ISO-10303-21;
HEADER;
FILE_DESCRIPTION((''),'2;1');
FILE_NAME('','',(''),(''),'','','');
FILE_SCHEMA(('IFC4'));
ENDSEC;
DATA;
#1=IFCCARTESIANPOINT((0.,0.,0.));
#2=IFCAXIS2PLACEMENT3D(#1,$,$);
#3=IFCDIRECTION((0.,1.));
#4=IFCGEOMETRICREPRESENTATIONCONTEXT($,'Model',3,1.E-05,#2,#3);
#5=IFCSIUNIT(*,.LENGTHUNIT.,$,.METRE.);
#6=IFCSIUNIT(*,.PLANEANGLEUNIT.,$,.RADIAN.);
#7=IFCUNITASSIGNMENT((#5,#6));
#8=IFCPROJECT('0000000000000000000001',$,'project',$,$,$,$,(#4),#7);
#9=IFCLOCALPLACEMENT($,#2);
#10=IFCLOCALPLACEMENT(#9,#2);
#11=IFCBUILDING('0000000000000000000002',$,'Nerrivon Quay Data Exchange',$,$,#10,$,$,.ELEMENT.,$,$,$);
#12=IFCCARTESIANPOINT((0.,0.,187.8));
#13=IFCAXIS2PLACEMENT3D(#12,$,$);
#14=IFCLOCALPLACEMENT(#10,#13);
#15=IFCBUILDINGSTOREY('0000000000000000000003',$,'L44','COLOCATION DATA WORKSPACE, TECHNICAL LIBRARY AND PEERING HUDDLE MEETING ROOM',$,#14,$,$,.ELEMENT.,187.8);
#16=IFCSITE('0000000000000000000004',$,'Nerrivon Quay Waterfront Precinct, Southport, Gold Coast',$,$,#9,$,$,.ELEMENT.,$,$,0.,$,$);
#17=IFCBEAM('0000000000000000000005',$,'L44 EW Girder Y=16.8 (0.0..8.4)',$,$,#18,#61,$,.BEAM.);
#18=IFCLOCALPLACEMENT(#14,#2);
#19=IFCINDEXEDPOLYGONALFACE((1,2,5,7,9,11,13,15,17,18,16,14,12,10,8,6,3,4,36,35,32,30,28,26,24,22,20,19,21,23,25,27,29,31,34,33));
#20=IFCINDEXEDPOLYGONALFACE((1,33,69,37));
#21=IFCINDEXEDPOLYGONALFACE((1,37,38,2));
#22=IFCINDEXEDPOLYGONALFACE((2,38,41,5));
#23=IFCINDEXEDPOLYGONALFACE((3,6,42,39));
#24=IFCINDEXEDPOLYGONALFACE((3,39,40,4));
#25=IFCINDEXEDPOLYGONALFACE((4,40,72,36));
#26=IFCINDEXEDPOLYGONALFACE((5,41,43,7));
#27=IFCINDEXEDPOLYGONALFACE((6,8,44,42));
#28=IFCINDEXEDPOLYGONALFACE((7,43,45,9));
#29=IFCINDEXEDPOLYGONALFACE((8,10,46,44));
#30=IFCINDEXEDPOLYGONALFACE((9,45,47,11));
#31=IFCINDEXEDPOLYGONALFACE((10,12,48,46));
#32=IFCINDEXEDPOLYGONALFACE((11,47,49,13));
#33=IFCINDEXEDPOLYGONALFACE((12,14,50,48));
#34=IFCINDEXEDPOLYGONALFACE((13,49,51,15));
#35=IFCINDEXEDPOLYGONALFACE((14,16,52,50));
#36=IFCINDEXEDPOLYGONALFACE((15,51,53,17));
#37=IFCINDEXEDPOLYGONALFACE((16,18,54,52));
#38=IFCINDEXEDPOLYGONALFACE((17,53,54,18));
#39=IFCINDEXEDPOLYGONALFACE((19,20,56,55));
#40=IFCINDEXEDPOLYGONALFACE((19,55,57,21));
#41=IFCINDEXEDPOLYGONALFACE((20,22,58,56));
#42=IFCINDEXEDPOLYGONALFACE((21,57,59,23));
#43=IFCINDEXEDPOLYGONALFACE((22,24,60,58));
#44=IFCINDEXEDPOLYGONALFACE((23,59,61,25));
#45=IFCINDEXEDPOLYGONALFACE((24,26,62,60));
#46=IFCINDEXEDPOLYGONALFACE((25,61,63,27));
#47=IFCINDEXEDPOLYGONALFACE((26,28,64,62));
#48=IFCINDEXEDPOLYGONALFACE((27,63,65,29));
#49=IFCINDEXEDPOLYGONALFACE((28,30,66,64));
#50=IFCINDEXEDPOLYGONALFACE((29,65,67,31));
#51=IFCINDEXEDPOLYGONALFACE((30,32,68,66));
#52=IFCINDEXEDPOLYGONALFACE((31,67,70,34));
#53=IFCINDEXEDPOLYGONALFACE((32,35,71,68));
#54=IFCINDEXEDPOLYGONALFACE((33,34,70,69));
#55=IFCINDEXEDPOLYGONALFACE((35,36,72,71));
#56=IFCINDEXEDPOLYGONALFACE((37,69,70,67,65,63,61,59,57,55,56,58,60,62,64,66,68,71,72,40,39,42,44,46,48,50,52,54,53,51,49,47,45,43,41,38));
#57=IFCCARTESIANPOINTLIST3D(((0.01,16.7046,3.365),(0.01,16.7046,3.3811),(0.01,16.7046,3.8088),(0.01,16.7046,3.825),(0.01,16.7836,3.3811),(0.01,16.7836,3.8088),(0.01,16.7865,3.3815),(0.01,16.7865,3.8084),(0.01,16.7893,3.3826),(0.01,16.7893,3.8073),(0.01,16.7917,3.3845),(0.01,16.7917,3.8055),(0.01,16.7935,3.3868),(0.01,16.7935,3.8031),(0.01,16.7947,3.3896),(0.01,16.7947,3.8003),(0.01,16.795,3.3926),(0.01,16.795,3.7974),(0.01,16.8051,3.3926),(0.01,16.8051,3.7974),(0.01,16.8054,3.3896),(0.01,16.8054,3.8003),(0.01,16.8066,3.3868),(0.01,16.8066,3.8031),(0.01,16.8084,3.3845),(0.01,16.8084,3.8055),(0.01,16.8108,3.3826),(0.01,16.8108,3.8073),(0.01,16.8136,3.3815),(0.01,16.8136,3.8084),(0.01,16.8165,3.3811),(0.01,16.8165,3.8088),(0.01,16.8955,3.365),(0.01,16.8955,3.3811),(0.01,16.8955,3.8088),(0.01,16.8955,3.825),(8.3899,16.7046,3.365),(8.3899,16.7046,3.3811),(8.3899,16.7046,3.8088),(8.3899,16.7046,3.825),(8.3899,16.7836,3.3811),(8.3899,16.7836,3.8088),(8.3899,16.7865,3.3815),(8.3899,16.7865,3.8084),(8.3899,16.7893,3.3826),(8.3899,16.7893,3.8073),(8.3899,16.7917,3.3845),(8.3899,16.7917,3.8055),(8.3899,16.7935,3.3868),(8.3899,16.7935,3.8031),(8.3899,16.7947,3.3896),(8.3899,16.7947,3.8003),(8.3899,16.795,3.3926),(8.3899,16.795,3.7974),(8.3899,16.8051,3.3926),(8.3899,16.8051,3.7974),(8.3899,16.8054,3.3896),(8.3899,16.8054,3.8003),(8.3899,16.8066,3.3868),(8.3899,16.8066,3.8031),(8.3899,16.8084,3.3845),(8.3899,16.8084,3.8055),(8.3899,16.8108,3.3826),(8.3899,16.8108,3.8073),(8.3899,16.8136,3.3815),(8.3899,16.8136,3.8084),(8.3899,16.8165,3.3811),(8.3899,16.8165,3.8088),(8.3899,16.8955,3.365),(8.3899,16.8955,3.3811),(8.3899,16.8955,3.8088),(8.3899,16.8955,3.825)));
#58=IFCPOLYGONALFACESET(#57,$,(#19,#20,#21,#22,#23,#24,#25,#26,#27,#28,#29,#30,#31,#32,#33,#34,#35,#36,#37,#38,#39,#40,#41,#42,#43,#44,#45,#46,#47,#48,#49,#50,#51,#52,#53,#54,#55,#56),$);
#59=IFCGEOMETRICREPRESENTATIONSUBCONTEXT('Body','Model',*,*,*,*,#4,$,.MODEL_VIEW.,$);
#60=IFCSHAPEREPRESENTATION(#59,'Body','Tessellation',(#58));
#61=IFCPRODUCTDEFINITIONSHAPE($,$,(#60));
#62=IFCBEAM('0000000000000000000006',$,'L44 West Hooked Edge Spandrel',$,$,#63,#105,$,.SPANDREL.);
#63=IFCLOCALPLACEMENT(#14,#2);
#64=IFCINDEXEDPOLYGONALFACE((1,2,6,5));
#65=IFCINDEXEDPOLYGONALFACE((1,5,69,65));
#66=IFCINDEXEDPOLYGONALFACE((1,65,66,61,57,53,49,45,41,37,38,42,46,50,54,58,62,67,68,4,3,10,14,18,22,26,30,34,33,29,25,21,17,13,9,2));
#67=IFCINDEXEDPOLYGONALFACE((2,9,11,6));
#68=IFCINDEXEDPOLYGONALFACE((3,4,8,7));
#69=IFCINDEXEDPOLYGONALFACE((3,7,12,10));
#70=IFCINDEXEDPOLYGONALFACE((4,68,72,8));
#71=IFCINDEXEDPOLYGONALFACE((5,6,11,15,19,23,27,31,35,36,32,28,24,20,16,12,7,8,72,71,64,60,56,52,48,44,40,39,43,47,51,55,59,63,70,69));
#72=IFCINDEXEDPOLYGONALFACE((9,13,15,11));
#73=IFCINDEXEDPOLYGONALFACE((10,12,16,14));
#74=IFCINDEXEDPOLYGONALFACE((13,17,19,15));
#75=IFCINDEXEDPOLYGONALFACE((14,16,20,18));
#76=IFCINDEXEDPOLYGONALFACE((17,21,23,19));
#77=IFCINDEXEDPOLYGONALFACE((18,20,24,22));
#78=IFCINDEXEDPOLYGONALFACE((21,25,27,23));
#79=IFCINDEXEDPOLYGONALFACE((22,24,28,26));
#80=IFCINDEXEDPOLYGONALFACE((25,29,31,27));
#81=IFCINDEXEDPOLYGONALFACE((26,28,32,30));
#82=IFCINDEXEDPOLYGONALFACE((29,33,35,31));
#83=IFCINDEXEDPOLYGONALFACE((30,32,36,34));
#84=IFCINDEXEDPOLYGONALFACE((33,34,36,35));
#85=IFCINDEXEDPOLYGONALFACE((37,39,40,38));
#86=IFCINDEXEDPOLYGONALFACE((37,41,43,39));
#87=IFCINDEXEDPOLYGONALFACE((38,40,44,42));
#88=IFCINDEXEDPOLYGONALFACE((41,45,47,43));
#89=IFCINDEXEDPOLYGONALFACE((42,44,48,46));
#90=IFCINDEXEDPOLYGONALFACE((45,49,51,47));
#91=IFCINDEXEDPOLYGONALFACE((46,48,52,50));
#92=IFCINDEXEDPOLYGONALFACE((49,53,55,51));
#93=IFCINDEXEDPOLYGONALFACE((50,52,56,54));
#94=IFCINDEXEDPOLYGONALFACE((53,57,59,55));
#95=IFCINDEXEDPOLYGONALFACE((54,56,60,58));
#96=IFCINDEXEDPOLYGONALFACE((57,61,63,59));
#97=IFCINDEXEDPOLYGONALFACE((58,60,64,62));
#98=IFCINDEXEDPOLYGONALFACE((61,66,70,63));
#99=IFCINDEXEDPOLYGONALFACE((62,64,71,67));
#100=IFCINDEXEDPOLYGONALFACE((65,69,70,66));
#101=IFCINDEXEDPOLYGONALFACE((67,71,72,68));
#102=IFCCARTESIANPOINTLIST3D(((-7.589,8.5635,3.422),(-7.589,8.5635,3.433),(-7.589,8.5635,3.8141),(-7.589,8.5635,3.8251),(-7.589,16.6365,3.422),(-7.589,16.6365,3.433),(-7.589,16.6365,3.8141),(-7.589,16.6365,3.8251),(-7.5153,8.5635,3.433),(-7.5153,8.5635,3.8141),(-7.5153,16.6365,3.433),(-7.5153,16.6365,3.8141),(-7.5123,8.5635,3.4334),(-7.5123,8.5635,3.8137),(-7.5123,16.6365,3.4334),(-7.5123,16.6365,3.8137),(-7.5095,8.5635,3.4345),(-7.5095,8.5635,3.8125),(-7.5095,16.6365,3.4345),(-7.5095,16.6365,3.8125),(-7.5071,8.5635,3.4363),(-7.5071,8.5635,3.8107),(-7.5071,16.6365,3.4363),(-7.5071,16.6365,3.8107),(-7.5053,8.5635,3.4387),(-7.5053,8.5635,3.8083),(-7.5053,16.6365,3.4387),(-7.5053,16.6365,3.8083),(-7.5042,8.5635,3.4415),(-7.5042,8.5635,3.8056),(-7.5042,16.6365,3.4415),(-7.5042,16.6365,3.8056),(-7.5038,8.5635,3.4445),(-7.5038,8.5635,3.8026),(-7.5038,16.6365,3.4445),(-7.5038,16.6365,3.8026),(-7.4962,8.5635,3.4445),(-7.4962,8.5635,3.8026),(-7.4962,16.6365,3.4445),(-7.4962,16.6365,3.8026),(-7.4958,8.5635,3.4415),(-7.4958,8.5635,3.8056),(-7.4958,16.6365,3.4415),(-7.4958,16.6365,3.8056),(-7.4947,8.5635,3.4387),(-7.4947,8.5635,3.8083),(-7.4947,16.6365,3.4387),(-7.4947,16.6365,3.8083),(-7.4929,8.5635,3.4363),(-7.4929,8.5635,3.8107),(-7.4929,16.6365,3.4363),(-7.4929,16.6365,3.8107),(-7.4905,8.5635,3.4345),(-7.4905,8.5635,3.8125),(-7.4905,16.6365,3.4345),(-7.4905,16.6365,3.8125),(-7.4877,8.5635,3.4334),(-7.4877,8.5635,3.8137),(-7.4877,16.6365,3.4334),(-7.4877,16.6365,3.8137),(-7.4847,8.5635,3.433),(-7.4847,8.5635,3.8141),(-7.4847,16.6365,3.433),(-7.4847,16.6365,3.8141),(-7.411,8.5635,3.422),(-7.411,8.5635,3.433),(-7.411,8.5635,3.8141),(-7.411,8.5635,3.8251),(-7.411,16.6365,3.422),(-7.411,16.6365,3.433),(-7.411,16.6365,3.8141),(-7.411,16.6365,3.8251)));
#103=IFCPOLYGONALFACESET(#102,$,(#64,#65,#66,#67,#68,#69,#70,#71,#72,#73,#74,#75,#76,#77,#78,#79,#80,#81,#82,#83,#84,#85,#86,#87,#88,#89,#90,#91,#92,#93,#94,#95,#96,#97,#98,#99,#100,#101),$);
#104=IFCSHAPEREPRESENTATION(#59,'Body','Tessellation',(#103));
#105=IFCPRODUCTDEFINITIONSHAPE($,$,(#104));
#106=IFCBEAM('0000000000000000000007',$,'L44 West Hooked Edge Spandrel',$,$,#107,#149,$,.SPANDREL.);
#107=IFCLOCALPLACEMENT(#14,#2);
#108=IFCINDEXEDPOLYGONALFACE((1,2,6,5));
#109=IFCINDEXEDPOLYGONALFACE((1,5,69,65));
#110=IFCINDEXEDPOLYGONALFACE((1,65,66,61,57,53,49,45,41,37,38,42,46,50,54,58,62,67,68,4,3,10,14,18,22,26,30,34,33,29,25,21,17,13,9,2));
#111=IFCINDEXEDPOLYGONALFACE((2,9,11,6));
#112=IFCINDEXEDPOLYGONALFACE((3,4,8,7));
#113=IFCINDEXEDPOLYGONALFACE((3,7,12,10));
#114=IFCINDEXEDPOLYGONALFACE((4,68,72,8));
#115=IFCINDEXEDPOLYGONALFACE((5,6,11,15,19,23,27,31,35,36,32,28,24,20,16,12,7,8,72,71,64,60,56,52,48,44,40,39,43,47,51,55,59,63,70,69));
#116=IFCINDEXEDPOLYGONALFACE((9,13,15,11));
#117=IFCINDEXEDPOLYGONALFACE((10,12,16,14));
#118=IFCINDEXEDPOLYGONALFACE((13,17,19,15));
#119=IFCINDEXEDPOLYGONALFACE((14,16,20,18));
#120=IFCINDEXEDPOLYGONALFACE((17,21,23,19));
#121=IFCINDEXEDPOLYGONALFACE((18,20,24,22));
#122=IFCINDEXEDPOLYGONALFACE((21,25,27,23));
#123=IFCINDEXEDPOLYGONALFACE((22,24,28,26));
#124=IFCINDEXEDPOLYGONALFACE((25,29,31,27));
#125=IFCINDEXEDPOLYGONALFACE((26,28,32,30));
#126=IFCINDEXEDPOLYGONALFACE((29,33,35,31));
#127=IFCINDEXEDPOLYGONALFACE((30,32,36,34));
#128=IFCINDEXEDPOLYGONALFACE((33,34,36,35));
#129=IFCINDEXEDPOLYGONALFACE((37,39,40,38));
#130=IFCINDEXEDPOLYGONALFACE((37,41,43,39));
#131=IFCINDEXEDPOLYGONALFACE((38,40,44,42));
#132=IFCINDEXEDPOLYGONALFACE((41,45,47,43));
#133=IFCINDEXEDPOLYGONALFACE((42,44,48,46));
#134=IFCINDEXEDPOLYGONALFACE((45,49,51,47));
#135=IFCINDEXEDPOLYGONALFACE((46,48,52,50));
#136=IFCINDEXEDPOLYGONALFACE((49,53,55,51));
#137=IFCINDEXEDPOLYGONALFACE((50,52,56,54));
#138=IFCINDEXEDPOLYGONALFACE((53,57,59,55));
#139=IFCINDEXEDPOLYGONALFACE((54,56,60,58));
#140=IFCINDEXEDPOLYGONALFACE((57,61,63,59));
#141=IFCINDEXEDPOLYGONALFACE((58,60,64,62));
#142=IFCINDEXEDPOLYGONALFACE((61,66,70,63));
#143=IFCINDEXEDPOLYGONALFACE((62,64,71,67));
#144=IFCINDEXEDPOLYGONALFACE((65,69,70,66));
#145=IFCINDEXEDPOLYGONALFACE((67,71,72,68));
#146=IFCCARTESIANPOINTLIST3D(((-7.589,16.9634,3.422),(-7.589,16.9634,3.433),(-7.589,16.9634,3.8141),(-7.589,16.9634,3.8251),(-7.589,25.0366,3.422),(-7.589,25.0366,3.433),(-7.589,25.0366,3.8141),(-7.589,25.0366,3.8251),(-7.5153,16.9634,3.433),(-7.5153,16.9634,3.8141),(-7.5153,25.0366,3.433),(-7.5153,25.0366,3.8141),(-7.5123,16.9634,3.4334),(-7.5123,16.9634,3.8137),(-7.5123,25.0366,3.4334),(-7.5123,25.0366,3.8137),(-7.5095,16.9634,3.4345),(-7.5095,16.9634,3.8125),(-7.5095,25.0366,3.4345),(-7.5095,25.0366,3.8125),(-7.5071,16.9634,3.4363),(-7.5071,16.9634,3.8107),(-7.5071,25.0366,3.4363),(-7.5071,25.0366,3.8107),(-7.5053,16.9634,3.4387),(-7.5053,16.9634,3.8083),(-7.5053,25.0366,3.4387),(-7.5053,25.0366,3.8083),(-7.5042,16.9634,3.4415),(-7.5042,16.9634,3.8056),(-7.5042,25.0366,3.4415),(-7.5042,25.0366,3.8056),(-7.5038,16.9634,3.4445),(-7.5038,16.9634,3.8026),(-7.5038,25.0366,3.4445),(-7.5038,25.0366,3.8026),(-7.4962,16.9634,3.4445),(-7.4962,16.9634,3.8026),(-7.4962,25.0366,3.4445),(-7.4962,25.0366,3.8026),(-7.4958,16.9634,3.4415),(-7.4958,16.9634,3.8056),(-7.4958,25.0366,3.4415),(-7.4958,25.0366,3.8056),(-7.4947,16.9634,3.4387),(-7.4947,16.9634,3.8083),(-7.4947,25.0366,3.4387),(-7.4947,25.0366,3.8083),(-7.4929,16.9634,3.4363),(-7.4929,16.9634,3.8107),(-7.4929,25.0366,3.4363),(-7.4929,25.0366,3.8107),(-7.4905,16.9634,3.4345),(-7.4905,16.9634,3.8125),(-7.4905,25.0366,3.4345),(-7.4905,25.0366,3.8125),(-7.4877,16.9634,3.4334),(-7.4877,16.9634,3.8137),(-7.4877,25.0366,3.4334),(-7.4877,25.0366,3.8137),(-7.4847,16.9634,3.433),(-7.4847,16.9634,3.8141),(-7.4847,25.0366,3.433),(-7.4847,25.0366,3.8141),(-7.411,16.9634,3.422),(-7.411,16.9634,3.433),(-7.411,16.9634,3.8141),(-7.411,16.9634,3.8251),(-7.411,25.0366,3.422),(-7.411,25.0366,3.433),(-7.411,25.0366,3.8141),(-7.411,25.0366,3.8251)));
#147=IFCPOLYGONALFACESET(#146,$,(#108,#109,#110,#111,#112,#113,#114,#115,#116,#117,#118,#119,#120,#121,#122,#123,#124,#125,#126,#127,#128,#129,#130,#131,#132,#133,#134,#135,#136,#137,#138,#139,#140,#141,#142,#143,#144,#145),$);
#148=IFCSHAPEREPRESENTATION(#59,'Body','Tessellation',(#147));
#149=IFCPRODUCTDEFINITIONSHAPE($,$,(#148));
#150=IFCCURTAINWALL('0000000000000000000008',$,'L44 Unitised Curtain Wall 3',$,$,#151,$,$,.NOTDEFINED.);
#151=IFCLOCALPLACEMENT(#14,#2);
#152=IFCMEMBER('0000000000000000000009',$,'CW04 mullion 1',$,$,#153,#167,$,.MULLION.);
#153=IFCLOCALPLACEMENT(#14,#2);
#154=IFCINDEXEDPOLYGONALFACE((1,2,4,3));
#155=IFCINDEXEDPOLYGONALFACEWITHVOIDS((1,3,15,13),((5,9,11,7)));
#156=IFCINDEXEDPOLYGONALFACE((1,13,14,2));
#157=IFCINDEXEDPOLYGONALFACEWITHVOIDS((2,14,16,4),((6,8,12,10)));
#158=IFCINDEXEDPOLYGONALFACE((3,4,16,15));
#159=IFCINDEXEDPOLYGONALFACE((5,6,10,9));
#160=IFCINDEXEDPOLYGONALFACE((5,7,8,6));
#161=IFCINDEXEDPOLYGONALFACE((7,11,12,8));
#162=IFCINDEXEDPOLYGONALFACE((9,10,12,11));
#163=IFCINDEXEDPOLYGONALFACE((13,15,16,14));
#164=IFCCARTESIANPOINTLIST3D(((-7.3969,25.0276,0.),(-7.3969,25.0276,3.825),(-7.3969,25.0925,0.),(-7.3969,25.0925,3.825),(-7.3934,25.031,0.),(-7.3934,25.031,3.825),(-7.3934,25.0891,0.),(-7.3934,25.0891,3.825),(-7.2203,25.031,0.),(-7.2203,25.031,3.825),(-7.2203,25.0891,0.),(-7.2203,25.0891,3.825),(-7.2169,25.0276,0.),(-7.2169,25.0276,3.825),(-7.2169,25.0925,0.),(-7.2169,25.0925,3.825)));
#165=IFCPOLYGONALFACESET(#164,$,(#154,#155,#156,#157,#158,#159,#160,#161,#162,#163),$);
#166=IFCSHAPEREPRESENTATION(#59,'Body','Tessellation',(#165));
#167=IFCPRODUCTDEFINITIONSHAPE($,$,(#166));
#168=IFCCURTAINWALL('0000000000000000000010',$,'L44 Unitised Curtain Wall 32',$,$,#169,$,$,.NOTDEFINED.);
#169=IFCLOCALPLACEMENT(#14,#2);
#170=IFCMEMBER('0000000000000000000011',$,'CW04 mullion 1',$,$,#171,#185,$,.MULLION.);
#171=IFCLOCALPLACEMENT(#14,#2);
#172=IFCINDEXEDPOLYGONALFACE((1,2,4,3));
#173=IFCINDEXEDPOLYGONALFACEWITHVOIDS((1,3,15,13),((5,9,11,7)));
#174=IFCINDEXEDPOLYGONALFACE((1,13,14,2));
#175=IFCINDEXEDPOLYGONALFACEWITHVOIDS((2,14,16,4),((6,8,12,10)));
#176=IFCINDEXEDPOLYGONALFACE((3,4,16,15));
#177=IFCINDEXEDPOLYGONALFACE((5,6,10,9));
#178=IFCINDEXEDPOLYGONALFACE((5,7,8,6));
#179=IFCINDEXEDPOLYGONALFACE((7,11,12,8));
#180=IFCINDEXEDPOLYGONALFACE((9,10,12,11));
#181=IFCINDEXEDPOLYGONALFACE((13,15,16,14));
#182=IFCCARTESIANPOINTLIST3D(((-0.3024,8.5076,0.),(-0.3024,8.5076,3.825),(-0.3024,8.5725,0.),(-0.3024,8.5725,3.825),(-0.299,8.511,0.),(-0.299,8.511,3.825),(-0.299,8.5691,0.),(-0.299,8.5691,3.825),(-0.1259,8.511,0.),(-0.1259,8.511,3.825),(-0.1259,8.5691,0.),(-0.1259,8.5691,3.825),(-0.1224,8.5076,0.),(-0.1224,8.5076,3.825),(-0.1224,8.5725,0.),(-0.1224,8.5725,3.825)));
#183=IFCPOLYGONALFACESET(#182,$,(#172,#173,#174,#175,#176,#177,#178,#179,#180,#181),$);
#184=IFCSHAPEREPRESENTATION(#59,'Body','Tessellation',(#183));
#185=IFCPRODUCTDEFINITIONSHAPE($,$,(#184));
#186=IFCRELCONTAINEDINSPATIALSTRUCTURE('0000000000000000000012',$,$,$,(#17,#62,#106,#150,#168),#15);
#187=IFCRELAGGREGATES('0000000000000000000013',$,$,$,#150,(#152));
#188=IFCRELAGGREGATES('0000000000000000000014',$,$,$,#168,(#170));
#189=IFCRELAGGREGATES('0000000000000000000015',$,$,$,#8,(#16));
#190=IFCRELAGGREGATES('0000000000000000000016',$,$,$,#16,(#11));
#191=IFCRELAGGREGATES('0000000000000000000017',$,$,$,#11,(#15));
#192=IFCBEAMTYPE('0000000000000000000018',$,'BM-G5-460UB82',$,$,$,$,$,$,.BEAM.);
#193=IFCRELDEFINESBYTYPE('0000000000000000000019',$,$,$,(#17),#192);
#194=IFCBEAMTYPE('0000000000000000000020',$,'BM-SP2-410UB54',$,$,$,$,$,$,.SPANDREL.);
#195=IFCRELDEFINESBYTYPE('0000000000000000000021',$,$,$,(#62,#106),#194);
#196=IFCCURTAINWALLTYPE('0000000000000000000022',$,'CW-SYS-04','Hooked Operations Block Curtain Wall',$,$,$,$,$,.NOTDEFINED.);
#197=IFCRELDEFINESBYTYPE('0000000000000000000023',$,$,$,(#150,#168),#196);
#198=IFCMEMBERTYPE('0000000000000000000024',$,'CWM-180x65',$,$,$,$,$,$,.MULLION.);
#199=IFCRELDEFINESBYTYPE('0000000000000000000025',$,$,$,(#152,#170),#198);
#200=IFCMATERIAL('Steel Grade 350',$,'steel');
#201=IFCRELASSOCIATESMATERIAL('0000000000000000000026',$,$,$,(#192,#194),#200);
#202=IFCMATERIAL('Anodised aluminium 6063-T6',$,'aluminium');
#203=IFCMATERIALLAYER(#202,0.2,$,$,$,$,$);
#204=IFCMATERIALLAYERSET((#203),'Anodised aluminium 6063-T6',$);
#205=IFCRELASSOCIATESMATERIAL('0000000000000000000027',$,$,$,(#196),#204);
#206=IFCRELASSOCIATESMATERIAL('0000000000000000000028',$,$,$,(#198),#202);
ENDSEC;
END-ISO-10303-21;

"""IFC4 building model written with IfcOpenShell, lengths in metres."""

from ifc_helpers import new_model, si_unit, direction, frame, origin, origin_2d, place, context, subcontext, project, spatial, hollow_rectangle, i_section, extrude, material, layer, layer_set, material_profile, profile_set, type_object, element, aggregate, save


model = new_model("IFC4")

# Units and contexts
model_context = context("Model", 3, precision=1e-05, world=origin(), true_north=direction((0.0, 1.0)))
body_context = subcontext(model_context, "Body", "Model", "MODEL_VIEW")
ifc_project = project(units=[si_unit("LENGTHUNIT", "METRE"), si_unit("PLANEANGLEUNIT", "RADIAN")], contexts=[model_context])

# Site, building, storey
site_placement = place(None, origin())
site = spatial("IfcSite", under=ifc_project, at=site_placement, Name="Nerrivon Quay Waterfront Precinct, Southport, Gold Coast", CompositionType="ELEMENT", RefElevation=0.0)
building_placement = place(site_placement, origin())
building = spatial("IfcBuilding", under=site, at=building_placement, Name="Nerrivon Quay Data Exchange", CompositionType="ELEMENT")
storey_placement = place(building_placement, frame((0.0, 0.0, 187.8)))
storey = spatial("IfcBuildingStorey", under=building, at=storey_placement, Name="L44", Description="COLOCATION DATA WORKSPACE, TECHNICAL LIBRARY AND PEERING HUDDLE MEETING ROOM", CompositionType="ELEMENT", Elevation=187.8)

# Shared definitions
ifc_material_1 = material(Name="Steel Grade 350", Category="steel")

# Beams
ifc_material_profile_1 = material_profile(ifc_material_1, i_section(OverallWidth=0.1909, OverallDepth=0.46, WebThickness=0.01, FlangeThickness=0.0161, FilletRadius=0.0115, at=origin_2d()), Name="460UB82.1")
ifc_profile_set_1 = profile_set([ifc_material_profile_1], Name="Steel Grade 350")
beam_type_1 = type_object("IfcBeamType", Name="BM-G5-460UB82", PredefinedType="BEAM", material=ifc_profile_set_1)
beam_1_placement = place(storey_placement, frame((0.01, 16.8, 3.595), z_axis=(1.0, 0.0, 0.0), x_axis=(0.0, 1.0, 0.0)))
element("IfcBeam", 1, at=beam_1_placement, inside=storey, type_object=beam_type_1, Name="L44 EW Girder Y=16.8 (0.0..8.4)", PredefinedType="BEAM", context=body_context, shape_type="SweptSolid", body=[
    extrude(i_section(OverallWidth=0.1909, OverallDepth=0.46, WebThickness=0.01, FlangeThickness=0.0161, FilletRadius=0.0115, at=origin_2d()), origin(), (0.0, 0.0, 1.0), 8.3799),
])
ifc_material_profile_2 = material_profile(ifc_material_1, i_section(OverallWidth=0.178, OverallDepth=0.4031, WebThickness=0.0076, FlangeThickness=0.011, FilletRadius=0.0115, at=origin_2d()), Name="410UB53.7")
ifc_profile_set_2 = profile_set([ifc_material_profile_2], Name="Steel Grade 350")
beam_type_2 = type_object("IfcBeamType", Name="BM-SP2-410UB54", PredefinedType="SPANDREL", material=ifc_profile_set_2)
beam_2_placement = place(storey_placement, frame((-7.5, 8.5635, 3.6235), z_axis=(0.0, 1.0, 0.0), x_axis=(-1.0, 0.0, 0.0)))
element("IfcBeam", 2, at=beam_2_placement, inside=storey, type_object=beam_type_2, Name="L44 West Hooked Edge Spandrel", PredefinedType="SPANDREL", context=body_context, shape_type="SweptSolid", body=[
    extrude(i_section(OverallWidth=0.178, OverallDepth=0.4031, WebThickness=0.0076, FlangeThickness=0.011, FilletRadius=0.0115, at=origin_2d()), origin(), (0.0, 0.0, 1.0), 8.073),
])
beam_3_placement = place(storey_placement, frame((-7.5, 16.9634, 3.6235), z_axis=(0.0, 1.0, 0.0), x_axis=(-1.0, 0.0, 0.0)))
element("IfcBeam", 3, at=beam_3_placement, inside=storey, type_object=beam_type_2, Name="L44 West Hooked Edge Spandrel", PredefinedType="SPANDREL", context=body_context, shape_type="SweptSolid", body=[
    extrude(i_section(OverallWidth=0.178, OverallDepth=0.4031, WebThickness=0.0076, FlangeThickness=0.011, FilletRadius=0.0115, at=origin_2d()), origin(), (0.0, 0.0, 1.0), 8.0732),
])

# Curtain walls, members
ifc_material_2 = material(Name="Anodised aluminium 6063-T6", Category="aluminium")
ifc_layer_1 = layer(ifc_material_2, 0.2)
ifc_layer_set_1 = layer_set([ifc_layer_1], Name="Anodised aluminium 6063-T6")
curtain_wall_type = type_object("IfcCurtainWallType", Name="CW-SYS-04", Description="Hooked Operations Block Curtain Wall", PredefinedType="NOTDEFINED", material=ifc_layer_set_1)
curtain_wall_1_placement = place(storey_placement, origin())
curtain_wall_1 = element("IfcCurtainWall", 4, at=curtain_wall_1_placement, inside=storey, type_object=curtain_wall_type, Name="L44 Unitised Curtain Wall 3", PredefinedType="NOTDEFINED")
ifc_material_profile_3 = material_profile(ifc_material_2, hollow_rectangle(XDim=0.0649, YDim=0.1799, WallThickness=0.0034, at=origin_2d()), Name="ALU-MULL-180x65")
ifc_profile_set_3 = profile_set([ifc_material_profile_3], Name="Anodised aluminium 6063-T6")
member_type = type_object("IfcMemberType", Name="CWM-180x65", PredefinedType="MULLION", material=ifc_profile_set_3)
member_1_placement = place(storey_placement, frame((-7.3069, 25.0601, 0.0), z_axis=(0.0, 0.0, 1.0), x_axis=(0.0, 1.0, 0.0)))
member_1 = element("IfcMember", 5, at=member_1_placement, type_object=member_type, Name="CW04 mullion 1", PredefinedType="MULLION", context=body_context, shape_type="SweptSolid", body=[
    extrude(hollow_rectangle(XDim=0.0649, YDim=0.1799, WallThickness=0.0034, at=origin_2d()), origin(), (0.0, 0.0, 1.0), 3.825),
])
aggregate(curtain_wall_1, [member_1])
curtain_wall_2_placement = place(storey_placement, origin())
curtain_wall_2 = element("IfcCurtainWall", 6, at=curtain_wall_2_placement, inside=storey, type_object=curtain_wall_type, Name="L44 Unitised Curtain Wall 32", PredefinedType="NOTDEFINED")
member_2_placement = place(storey_placement, frame((-0.2124, 8.54, 0.0), z_axis=(0.0, 0.0, 1.0), x_axis=(0.0, -1.0, 0.0)))
member_2 = element("IfcMember", 7, at=member_2_placement, type_object=member_type, Name="CW04 mullion 1", PredefinedType="MULLION", context=body_context, shape_type="SweptSolid", body=[
    extrude(hollow_rectangle(XDim=0.0649, YDim=0.1799, WallThickness=0.0034, at=origin_2d()), origin(), (0.0, 0.0, 1.0), 3.825),
])
aggregate(curtain_wall_2, [member_2])

save(model, "model.ifc")
